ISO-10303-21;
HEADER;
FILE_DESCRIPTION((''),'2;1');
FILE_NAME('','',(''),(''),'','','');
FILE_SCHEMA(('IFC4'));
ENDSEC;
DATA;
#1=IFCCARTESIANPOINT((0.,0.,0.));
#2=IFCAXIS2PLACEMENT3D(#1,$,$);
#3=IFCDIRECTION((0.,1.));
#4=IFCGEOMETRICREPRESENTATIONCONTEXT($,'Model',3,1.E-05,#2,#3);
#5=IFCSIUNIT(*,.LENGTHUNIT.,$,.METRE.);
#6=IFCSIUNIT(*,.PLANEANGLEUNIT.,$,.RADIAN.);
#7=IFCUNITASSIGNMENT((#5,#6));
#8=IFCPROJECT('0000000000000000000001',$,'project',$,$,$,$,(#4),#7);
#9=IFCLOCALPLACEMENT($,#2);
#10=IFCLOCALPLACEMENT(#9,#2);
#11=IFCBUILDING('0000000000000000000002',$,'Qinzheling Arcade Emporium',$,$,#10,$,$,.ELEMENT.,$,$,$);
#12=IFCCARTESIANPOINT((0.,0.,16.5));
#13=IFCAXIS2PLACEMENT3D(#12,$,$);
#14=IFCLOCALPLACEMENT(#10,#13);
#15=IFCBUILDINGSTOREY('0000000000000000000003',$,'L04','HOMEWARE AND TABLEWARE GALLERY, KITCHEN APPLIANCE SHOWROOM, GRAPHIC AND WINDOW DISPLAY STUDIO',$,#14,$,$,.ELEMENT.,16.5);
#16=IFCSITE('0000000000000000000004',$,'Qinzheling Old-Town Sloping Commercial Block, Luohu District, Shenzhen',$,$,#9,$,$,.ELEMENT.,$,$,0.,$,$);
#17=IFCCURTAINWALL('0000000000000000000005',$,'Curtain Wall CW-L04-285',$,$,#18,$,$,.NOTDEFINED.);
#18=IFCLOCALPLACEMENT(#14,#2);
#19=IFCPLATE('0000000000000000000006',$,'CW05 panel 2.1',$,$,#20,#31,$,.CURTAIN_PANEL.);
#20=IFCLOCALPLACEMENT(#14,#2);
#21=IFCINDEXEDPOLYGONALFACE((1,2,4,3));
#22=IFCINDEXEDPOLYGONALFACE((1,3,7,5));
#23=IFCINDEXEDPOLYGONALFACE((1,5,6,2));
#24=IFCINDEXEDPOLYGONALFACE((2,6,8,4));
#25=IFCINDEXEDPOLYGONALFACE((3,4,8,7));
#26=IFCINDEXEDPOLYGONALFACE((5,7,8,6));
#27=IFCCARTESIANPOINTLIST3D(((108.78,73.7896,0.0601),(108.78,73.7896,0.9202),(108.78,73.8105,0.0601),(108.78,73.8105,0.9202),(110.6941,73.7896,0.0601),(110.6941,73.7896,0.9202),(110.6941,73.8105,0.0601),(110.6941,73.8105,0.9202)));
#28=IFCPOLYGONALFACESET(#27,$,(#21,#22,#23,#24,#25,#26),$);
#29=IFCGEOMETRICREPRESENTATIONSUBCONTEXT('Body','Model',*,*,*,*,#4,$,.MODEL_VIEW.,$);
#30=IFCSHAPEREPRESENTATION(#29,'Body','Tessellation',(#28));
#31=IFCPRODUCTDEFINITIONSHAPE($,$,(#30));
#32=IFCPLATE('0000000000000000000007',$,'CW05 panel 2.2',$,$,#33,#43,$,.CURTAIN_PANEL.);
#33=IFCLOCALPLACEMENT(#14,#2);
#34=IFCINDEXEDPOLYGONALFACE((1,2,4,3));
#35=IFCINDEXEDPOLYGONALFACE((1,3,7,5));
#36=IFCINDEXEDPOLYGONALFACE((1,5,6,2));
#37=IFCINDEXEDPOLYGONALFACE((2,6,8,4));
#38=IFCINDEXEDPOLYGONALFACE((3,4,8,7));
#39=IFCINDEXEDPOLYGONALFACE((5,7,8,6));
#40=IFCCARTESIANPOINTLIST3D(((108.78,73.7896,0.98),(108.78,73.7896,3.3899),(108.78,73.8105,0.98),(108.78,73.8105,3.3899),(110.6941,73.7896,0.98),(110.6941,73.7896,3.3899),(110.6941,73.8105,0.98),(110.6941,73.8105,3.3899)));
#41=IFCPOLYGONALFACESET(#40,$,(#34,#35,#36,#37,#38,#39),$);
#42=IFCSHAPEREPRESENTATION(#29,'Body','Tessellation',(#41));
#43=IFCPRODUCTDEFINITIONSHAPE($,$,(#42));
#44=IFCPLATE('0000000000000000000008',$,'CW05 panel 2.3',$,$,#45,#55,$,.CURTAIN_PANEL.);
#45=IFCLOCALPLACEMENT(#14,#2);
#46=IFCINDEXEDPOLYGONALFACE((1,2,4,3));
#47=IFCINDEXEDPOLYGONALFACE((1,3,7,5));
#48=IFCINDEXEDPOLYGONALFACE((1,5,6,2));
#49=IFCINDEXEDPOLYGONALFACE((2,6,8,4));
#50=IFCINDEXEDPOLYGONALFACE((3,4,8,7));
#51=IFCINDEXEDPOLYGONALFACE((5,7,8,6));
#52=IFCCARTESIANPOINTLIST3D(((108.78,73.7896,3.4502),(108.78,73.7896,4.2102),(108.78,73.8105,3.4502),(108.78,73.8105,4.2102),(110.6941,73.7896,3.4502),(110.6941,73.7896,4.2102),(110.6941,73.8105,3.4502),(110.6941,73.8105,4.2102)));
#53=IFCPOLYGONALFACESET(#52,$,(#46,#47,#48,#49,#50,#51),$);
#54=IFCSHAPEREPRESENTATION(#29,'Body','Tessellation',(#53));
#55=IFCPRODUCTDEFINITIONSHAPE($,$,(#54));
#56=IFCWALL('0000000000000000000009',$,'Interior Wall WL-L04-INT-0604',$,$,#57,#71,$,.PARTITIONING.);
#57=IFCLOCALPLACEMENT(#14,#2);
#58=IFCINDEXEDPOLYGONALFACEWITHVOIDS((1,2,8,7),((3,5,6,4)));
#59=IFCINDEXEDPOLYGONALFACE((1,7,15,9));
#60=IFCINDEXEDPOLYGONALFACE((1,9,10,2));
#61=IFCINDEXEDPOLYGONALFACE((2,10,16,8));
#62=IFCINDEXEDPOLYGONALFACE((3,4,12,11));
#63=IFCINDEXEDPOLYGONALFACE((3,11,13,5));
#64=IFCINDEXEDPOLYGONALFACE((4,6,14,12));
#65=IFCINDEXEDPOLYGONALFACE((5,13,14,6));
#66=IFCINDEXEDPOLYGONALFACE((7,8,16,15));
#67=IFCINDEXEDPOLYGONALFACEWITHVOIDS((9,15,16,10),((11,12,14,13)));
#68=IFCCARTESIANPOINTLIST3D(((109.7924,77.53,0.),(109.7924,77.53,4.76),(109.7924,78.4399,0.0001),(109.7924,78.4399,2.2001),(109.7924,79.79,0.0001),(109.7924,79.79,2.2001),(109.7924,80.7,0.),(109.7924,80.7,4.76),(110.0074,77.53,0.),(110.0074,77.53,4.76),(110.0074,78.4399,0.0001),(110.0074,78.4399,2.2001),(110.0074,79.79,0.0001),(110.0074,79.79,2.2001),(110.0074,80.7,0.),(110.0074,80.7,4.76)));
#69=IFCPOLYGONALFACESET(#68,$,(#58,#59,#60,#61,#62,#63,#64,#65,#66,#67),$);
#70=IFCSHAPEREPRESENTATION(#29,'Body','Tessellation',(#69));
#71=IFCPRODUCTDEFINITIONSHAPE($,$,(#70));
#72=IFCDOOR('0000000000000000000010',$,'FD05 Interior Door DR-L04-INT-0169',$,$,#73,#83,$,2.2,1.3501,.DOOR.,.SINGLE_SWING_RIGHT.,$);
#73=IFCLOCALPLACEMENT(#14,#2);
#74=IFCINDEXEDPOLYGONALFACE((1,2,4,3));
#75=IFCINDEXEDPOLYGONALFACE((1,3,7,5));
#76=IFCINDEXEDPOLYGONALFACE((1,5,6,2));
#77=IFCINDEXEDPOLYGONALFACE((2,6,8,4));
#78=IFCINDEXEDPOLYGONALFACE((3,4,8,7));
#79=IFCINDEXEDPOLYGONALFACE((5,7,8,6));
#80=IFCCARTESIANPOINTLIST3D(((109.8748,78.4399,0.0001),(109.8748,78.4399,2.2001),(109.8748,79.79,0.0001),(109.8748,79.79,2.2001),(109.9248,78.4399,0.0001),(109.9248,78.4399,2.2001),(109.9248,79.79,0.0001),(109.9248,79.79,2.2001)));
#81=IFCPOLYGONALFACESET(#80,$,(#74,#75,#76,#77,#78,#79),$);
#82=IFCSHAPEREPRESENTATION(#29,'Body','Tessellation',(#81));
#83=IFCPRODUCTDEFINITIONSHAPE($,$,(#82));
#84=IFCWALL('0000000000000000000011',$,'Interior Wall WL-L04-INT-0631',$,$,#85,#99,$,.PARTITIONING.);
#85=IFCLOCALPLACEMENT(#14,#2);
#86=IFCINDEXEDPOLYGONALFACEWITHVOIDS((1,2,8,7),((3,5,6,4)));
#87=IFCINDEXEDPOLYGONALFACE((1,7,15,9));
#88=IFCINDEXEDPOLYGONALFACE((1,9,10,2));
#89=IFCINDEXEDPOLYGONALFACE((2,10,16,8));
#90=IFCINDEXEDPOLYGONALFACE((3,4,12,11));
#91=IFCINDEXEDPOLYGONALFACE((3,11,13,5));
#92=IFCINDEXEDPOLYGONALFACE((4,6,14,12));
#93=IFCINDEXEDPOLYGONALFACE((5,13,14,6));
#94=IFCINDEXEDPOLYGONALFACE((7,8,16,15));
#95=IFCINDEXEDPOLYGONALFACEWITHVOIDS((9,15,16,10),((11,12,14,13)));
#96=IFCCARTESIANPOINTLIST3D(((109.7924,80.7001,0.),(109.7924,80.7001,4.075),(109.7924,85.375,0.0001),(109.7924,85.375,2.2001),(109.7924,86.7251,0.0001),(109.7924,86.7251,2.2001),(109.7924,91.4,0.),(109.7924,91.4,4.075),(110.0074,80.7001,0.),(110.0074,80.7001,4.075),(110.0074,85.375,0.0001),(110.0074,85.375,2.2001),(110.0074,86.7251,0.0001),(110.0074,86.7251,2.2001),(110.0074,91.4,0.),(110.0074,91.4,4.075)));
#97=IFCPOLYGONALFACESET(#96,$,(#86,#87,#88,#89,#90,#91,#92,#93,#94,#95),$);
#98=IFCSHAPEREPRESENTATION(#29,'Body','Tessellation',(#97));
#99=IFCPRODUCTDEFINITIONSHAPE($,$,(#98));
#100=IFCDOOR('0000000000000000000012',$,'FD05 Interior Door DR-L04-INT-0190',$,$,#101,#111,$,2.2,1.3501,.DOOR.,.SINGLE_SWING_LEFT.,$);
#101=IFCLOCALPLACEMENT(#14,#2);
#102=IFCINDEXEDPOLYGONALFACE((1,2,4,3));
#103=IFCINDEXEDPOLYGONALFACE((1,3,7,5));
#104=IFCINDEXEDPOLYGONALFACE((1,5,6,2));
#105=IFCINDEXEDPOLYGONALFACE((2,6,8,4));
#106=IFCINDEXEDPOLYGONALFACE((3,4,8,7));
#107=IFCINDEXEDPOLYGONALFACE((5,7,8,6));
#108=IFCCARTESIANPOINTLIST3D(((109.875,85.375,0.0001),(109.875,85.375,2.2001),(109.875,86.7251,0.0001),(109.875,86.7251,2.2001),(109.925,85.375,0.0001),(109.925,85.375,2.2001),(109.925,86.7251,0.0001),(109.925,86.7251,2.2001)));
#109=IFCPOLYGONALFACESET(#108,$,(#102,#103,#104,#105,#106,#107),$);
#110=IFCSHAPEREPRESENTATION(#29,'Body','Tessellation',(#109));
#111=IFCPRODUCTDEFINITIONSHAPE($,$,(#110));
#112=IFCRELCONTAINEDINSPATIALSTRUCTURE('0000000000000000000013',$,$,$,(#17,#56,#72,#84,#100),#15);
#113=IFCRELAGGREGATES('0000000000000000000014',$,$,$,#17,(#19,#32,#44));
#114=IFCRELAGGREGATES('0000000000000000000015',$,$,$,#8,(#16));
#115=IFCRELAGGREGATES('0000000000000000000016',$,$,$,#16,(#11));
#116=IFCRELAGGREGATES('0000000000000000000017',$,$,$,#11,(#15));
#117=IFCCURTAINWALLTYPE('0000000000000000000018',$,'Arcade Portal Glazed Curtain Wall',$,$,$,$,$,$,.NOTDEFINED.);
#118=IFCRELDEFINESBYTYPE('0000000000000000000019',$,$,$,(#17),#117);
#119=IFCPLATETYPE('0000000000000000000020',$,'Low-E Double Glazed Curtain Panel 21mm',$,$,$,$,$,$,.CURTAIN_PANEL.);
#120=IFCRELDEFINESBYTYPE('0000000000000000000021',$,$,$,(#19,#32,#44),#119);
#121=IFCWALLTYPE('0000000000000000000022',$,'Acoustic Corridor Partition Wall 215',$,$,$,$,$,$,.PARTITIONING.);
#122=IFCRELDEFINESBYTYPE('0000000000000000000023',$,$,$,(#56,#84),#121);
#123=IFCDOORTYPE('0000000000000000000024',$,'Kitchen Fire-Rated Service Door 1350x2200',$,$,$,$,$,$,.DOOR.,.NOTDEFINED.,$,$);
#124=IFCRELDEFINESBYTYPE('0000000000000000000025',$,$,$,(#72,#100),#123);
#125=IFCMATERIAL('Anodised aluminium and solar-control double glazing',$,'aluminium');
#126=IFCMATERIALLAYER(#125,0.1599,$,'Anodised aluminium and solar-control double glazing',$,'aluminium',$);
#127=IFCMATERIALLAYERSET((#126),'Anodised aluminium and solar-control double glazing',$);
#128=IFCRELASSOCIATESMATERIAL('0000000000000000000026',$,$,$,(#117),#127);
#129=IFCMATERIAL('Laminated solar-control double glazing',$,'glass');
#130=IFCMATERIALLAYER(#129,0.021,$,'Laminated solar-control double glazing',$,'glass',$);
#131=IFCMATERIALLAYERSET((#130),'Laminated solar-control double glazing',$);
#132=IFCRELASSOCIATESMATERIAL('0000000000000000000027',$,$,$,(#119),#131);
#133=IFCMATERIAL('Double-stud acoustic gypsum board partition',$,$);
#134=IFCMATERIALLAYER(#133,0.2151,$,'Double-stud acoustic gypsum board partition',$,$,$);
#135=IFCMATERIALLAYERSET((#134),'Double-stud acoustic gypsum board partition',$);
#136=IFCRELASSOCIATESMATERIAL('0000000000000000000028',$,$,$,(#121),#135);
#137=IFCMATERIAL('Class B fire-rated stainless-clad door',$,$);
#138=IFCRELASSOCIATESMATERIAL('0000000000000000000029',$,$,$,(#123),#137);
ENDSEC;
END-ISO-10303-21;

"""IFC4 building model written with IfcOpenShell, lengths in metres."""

from ifc_helpers import new_model, si_unit, direction, frame, frame_2d, origin, origin_2d, place, context, subcontext, project, spatial, rectangle, extrude, material, layer, layer_set, type_object, element, fill, aggregate, save


model = new_model("IFC4")

# Units and contexts
model_context = context("Model", 3, precision=1e-05, world=origin(), true_north=direction((0.0, 1.0)))
body_context = subcontext(model_context, "Body", "Model", "MODEL_VIEW")
ifc_project = project(units=[si_unit("LENGTHUNIT", "METRE"), si_unit("PLANEANGLEUNIT", "RADIAN")], contexts=[model_context])

# Site, building, storey
site_placement = place(None, origin())
site = spatial("IfcSite", under=ifc_project, at=site_placement, Name="Qinzheling Old-Town Sloping Commercial Block, Luohu District, Shenzhen", CompositionType="ELEMENT", RefElevation=0.0)
building_placement = place(site_placement, origin())
building = spatial("IfcBuilding", under=site, at=building_placement, Name="Qinzheling Arcade Emporium", CompositionType="ELEMENT")
storey_placement = place(building_placement, frame((0.0, 0.0, 16.5)))
storey = spatial("IfcBuildingStorey", under=building, at=storey_placement, Name="L04", Description="HOMEWARE AND TABLEWARE GALLERY, KITCHEN APPLIANCE SHOWROOM, GRAPHIC AND WINDOW DISPLAY STUDIO", CompositionType="ELEMENT", Elevation=16.5)

# Curtain wall
ifc_material_1 = material(Name="Anodised aluminium and solar-control double glazing", Category="aluminium")
ifc_layer_1 = layer(ifc_material_1, 0.1599, Name="Anodised aluminium and solar-control double glazing", Category="aluminium")
ifc_layer_set_1 = layer_set([ifc_layer_1], Name="Anodised aluminium and solar-control double glazing")
curtain_wall_type = type_object("IfcCurtainWallType", Name="Arcade Portal Glazed Curtain Wall", PredefinedType="NOTDEFINED", material=ifc_layer_set_1)
curtain_wall_placement = place(storey_placement, origin())
curtain_wall = element("IfcCurtainWall", 1, at=curtain_wall_placement, inside=storey, type_object=curtain_wall_type, Name="Curtain Wall CW-L04-285", PredefinedType="NOTDEFINED")

# Plates
ifc_material_2 = material(Name="Laminated solar-control double glazing", Category="glass")
ifc_layer_2 = layer(ifc_material_2, 0.021, Name="Laminated solar-control double glazing", Category="glass")
ifc_layer_set_2 = layer_set([ifc_layer_2], Name="Laminated solar-control double glazing")
plate_type = type_object("IfcPlateType", Name="Low-E Double Glazed Curtain Panel 21mm", PredefinedType="CURTAIN_PANEL", material=ifc_layer_set_2)
plate_1_placement = place(storey_placement, frame((109.7371, 73.8, 0.0601), z_axis=(0.0, 0.0, 1.0), x_axis=(-1.0, 0.0, 0.0)))
plate_1 = element("IfcPlate", 2, at=plate_1_placement, type_object=plate_type, Name="CW05 panel 2.1", PredefinedType="CURTAIN_PANEL", context=body_context, shape_type="SweptSolid", body=[
    extrude(rectangle(XDim=1.9141, YDim=0.021, at=origin_2d()), origin(), (0.0, 0.0, 1.0), 0.8601),
])
plate_2_placement = place(storey_placement, frame((109.7371, 73.8, 0.98), z_axis=(0.0, 0.0, 1.0), x_axis=(-1.0, 0.0, 0.0)))
plate_2 = element("IfcPlate", 3, at=plate_2_placement, type_object=plate_type, Name="CW05 panel 2.2", PredefinedType="CURTAIN_PANEL", context=body_context, shape_type="SweptSolid", body=[
    extrude(rectangle(XDim=1.9141, YDim=0.021, at=origin_2d()), origin(), (0.0, 0.0, 1.0), 2.4099),
])
plate_3_placement = place(storey_placement, frame((109.7371, 73.8, 3.4502), z_axis=(0.0, 0.0, 1.0), x_axis=(-1.0, 0.0, 0.0)))
plate_3 = element("IfcPlate", 4, at=plate_3_placement, type_object=plate_type, Name="CW05 panel 2.3", PredefinedType="CURTAIN_PANEL", context=body_context, shape_type="SweptSolid", body=[
    extrude(rectangle(XDim=1.9141, YDim=0.021, at=origin_2d()), origin(), (0.0, 0.0, 1.0), 0.76),
])
aggregate(curtain_wall, [plate_1, plate_2, plate_3])

# Walls, openings, doors
ifc_material_3 = material(Name="Double-stud acoustic gypsum board partition")
ifc_layer_3 = layer(ifc_material_3, 0.2151, Name="Double-stud acoustic gypsum board partition")
ifc_layer_set_3 = layer_set([ifc_layer_3], Name="Double-stud acoustic gypsum board partition")
wall_type = type_object("IfcWallType", Name="Acoustic Corridor Partition Wall 215", PredefinedType="PARTITIONING", material=ifc_layer_set_3)
wall_1_placement = place(storey_placement, frame((109.8999, 80.7, 0.0), z_axis=(0.0, 0.0, 1.0), x_axis=(0.0, -1.0, 0.0)))
wall_1 = element("IfcWall", 5, at=wall_1_placement, inside=storey, type_object=wall_type, Name="Interior Wall WL-L04-INT-0604", PredefinedType="PARTITIONING", context=body_context, shape_type="SweptSolid", body=[
    extrude(rectangle(XDim=3.1699, YDim=0.2151, at=frame_2d((1.585, 0.0))), origin(), (0.0, 0.0, 1.0), 4.76),
])
opening_1_placement = place(wall_1_placement, frame((0.9099, 0.0, 0.0)))
opening_1 = element("IfcOpeningElement", 6, at=opening_1_placement, cuts=wall_1, PredefinedType="OPENING", context=body_context, shape_type="SweptSolid", body=[
    extrude(rectangle(XDim=1.3501, YDim=2.2, at=frame_2d((0.675, 1.1001))), frame((0.0, 0.1177, 0.0), z_axis=(0.0, -1.0, 0.0), x_axis=(1.0, 0.0, 0.0)), (0.0, 0.0, 1.0), 0.2351),
])
ifc_material_4 = material(Name="Class B fire-rated stainless-clad door")
door_type = type_object("IfcDoorType", Name="Kitchen Fire-Rated Service Door 1350x2200", OperationType="NOTDEFINED", PredefinedType="DOOR", material=ifc_material_4)
door_1_placement = place(opening_1_placement, origin())
door_1 = element("IfcDoor", 7, at=door_1_placement, inside=storey, type_object=door_type, Name="FD05 Interior Door DR-L04-INT-0169", OperationType="SINGLE_SWING_RIGHT", OverallHeight=2.2, OverallWidth=1.3501, PredefinedType="DOOR", context=body_context, shape_type="SweptSolid", body=[
    extrude(rectangle(XDim=1.3501, YDim=2.2, at=frame_2d((0.675, 1.1001))), frame((0.0, 0.0249, 0.0), z_axis=(0.0, -1.0, 0.0), x_axis=(1.0, 0.0, 0.0)), (0.0, 0.0, 1.0), 0.05),
])
fill(opening_1, door_1)
wall_2_placement = place(storey_placement, frame((109.8999, 80.7, 0.0), z_axis=(0.0, 0.0, 1.0), x_axis=(0.0, 1.0, 0.0)))
wall_2 = element("IfcWall", 8, at=wall_2_placement, inside=storey, type_object=wall_type, Name="Interior Wall WL-L04-INT-0631", PredefinedType="PARTITIONING", context=body_context, shape_type="SweptSolid", body=[
    extrude(rectangle(XDim=10.7, YDim=0.2151, at=frame_2d((5.3501, 0.0))), origin(), (0.0, 0.0, 1.0), 4.075),
])
opening_2_placement = place(wall_2_placement, frame((4.675, 0.0, 0.0)))
opening_2 = element("IfcOpeningElement", 9, at=opening_2_placement, cuts=wall_2, PredefinedType="OPENING", context=body_context, shape_type="SweptSolid", body=[
    extrude(rectangle(XDim=1.3501, YDim=2.2, at=frame_2d((0.675, 1.1001))), frame((0.0, 0.1177, 0.0), z_axis=(0.0, -1.0, 0.0), x_axis=(1.0, 0.0, 0.0)), (0.0, 0.0, 1.0), 0.2351),
])
door_2_placement = place(opening_2_placement, origin())
door_2 = element("IfcDoor", 10, at=door_2_placement, inside=storey, type_object=door_type, Name="FD05 Interior Door DR-L04-INT-0190", OperationType="SINGLE_SWING_LEFT", OverallHeight=2.2, OverallWidth=1.3501, PredefinedType="DOOR", context=body_context, shape_type="SweptSolid", body=[
    extrude(rectangle(XDim=1.3501, YDim=2.2, at=frame_2d((0.675, 1.1001))), frame((0.0, 0.0249, 0.0), z_axis=(0.0, -1.0, 0.0), x_axis=(1.0, 0.0, 0.0)), (0.0, 0.0, 1.0), 0.05),
])
fill(opening_2, door_2)

save(model, "model.ifc")
